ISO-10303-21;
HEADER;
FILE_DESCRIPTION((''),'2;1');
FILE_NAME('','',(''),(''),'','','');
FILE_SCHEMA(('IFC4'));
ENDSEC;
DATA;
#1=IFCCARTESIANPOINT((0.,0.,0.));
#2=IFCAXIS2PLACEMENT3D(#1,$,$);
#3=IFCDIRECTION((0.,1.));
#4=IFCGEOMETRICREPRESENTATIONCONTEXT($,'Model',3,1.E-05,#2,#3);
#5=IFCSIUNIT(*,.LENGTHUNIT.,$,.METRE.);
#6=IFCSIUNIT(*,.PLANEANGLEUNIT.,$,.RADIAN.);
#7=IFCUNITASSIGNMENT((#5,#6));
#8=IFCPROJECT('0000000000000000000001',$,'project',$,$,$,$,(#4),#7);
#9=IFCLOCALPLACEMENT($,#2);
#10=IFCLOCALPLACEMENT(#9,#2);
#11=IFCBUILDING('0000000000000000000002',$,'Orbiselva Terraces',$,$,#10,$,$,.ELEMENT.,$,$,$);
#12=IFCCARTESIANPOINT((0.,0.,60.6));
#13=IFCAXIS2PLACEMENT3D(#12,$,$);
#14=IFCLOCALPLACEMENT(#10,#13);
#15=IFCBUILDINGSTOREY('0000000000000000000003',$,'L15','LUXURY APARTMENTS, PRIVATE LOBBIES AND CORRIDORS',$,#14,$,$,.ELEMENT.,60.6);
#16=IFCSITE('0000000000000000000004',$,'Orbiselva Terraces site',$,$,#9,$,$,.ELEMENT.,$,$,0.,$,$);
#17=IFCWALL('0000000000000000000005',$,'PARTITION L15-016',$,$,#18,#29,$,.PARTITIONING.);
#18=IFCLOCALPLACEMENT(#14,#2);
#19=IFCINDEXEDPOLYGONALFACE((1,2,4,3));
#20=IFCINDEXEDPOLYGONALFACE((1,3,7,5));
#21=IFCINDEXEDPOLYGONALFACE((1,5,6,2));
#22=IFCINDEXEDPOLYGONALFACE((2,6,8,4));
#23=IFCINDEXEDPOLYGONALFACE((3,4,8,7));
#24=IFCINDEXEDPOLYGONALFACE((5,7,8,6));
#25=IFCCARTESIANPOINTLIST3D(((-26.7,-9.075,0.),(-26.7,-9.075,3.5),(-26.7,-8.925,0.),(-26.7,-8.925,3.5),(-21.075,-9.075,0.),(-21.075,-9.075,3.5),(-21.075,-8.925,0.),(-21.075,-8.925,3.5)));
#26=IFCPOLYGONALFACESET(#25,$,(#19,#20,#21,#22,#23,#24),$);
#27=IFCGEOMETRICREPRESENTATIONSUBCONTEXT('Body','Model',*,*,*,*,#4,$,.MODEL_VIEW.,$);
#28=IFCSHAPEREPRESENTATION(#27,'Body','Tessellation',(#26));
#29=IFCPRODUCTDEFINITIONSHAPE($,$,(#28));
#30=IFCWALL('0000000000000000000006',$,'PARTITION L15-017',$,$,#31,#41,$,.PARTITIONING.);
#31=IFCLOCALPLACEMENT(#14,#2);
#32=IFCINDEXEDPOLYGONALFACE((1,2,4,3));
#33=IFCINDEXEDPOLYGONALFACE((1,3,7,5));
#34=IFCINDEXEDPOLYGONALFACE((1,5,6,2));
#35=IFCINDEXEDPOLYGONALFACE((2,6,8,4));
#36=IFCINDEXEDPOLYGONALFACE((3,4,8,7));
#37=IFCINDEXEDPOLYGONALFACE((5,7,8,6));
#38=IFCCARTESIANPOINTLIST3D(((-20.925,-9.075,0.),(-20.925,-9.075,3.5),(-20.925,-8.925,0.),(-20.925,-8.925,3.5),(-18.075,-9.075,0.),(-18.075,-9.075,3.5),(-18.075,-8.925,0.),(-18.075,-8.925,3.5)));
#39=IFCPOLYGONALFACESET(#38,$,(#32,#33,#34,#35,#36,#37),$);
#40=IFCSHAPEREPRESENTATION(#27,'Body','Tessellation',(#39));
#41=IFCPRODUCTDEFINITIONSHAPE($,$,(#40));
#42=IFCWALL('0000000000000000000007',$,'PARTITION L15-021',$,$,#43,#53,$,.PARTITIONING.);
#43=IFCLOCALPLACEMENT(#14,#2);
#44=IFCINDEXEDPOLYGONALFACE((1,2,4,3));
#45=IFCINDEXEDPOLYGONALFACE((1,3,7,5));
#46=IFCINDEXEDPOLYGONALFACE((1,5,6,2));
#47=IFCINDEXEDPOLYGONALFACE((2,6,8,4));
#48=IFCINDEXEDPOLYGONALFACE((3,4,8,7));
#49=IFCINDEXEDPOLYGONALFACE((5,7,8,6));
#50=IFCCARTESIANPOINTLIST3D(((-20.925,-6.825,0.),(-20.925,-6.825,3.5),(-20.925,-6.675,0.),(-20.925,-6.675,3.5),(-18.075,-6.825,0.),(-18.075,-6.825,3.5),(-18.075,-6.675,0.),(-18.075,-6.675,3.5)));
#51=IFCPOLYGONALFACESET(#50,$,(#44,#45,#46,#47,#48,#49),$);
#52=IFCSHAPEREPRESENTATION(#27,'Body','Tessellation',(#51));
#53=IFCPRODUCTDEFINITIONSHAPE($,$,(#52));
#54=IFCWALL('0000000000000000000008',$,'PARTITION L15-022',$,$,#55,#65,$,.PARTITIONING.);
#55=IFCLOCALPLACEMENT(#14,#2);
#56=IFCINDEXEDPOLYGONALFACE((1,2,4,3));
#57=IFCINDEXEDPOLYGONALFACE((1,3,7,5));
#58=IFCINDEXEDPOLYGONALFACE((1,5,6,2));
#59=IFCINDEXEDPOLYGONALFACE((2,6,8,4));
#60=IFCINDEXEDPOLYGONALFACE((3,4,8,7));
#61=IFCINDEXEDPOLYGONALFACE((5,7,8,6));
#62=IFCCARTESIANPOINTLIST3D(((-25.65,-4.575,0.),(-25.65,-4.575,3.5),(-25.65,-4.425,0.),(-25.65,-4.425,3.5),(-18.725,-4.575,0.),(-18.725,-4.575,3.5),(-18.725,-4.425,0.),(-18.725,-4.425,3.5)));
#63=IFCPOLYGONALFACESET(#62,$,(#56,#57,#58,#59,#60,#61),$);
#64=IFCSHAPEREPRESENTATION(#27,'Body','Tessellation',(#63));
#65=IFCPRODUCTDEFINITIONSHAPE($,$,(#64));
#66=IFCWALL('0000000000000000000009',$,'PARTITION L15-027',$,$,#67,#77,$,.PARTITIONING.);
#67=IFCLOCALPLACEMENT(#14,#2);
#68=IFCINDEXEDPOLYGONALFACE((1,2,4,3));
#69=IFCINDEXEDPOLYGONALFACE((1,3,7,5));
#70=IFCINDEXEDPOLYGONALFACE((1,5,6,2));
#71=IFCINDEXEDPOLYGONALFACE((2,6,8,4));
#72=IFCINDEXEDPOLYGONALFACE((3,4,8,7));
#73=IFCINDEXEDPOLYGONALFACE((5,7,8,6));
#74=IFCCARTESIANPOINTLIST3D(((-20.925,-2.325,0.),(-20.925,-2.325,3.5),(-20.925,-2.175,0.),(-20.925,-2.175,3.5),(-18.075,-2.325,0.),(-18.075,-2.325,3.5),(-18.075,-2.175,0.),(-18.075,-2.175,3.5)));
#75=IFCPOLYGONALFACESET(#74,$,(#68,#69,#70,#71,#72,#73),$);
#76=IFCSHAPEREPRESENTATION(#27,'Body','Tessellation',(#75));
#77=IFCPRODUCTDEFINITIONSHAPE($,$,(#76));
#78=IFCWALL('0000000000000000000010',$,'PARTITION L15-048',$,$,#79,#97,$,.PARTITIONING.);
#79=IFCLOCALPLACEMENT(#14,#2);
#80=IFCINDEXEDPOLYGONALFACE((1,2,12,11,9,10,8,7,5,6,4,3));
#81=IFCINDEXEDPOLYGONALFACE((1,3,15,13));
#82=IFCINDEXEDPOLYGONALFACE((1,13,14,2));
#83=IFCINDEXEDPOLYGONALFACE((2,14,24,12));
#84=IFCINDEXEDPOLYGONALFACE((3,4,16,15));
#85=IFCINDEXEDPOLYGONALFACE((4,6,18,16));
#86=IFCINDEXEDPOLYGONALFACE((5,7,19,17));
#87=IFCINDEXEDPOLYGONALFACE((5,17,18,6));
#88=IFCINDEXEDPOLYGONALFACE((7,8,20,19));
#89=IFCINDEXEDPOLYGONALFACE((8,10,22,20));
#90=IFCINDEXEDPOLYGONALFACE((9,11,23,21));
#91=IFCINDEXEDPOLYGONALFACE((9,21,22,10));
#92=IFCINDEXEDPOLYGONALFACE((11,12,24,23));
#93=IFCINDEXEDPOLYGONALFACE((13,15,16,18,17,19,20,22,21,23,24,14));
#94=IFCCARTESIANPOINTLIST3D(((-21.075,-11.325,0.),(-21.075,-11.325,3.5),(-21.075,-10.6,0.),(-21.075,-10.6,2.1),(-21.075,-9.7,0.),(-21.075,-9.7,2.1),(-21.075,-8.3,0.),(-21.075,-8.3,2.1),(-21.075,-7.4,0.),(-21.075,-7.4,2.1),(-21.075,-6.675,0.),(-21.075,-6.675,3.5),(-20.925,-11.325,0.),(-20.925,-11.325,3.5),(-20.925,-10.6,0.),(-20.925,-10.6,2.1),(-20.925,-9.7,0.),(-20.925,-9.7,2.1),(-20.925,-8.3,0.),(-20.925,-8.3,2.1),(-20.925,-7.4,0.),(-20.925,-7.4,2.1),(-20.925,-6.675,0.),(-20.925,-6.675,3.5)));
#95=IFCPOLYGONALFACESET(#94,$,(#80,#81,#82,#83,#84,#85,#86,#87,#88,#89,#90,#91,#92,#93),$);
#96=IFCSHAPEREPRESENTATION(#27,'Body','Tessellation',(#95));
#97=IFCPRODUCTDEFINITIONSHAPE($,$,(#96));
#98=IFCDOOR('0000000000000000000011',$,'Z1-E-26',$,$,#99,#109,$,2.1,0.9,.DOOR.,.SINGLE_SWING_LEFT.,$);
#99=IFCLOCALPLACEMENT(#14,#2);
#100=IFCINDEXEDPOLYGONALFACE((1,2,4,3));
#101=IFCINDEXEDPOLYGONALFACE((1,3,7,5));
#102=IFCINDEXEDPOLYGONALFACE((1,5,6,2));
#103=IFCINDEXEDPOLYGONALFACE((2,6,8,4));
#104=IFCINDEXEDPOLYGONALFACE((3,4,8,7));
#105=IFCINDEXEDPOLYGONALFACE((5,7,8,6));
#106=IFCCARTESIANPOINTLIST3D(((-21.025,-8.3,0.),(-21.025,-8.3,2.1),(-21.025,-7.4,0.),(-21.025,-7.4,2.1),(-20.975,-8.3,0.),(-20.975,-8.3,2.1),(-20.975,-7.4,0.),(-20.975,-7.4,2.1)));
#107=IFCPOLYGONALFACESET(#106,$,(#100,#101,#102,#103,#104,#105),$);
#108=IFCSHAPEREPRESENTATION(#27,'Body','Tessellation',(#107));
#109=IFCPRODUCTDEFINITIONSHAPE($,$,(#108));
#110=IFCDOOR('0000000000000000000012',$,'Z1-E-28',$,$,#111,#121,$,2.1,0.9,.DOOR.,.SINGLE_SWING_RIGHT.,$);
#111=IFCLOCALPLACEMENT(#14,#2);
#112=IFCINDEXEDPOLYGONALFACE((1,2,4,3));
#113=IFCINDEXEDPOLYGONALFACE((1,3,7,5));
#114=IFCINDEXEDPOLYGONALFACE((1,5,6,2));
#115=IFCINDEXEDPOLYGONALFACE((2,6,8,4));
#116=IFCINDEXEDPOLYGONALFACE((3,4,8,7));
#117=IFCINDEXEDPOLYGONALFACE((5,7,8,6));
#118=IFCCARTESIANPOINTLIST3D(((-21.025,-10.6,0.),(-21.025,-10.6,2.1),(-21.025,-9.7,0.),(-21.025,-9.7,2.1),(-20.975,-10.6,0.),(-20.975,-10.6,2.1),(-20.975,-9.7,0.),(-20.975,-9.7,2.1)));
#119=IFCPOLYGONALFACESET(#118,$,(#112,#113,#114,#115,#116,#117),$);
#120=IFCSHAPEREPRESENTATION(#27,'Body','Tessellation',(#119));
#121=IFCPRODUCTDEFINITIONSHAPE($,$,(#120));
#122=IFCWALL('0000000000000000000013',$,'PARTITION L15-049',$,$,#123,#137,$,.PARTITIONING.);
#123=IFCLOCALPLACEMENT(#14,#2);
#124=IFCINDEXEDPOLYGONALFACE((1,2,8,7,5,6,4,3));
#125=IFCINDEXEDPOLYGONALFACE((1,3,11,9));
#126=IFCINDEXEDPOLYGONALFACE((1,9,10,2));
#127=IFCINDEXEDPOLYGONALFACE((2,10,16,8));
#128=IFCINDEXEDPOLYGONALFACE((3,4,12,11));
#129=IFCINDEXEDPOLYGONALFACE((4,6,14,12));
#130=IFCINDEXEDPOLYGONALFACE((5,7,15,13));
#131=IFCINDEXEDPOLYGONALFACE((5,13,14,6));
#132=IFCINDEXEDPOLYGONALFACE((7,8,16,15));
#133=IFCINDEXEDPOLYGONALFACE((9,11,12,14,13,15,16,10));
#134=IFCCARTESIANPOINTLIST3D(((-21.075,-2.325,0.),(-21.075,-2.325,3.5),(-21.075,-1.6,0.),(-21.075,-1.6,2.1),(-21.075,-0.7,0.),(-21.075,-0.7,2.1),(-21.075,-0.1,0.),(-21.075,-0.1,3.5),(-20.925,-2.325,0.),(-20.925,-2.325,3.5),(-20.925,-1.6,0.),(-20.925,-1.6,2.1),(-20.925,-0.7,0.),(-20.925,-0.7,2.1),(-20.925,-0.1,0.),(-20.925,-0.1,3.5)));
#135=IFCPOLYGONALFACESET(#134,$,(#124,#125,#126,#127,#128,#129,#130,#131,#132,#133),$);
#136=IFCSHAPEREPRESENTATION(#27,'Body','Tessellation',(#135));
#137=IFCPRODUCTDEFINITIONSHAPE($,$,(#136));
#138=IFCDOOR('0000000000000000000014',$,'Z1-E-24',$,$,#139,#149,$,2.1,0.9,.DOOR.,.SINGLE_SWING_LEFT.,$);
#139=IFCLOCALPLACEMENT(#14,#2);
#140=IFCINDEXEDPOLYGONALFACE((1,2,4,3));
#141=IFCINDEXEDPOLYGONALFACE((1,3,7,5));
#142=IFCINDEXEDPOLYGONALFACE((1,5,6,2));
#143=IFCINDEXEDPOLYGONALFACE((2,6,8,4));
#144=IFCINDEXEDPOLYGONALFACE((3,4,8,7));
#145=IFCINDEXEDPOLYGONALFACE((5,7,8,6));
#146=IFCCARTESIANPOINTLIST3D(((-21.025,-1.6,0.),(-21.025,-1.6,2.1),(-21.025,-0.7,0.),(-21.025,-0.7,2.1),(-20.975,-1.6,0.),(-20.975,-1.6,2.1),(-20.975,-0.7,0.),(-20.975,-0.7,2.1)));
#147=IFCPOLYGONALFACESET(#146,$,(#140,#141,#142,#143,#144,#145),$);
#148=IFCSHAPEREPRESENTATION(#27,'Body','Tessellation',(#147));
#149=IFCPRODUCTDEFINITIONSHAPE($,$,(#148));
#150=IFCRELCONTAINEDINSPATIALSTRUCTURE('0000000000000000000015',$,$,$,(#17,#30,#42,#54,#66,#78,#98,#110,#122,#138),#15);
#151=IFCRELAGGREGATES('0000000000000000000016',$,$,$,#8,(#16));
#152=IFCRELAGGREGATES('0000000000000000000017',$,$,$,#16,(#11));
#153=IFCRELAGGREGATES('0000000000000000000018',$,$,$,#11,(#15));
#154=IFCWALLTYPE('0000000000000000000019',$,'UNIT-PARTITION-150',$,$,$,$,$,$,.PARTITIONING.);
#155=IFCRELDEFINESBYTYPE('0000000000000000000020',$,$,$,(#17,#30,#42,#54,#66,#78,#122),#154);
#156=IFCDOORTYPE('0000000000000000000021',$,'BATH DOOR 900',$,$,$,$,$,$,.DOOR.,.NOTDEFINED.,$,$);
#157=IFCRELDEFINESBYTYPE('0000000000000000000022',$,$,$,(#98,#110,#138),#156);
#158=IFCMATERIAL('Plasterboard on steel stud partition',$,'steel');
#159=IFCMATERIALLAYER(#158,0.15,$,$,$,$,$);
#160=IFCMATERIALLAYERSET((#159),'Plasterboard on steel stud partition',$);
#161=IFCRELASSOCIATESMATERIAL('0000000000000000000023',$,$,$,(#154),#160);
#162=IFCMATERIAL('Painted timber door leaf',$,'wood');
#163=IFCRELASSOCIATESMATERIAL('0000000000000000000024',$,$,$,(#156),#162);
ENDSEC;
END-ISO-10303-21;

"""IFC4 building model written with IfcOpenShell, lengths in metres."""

from ifc_helpers import new_model, si_unit, direction, frame, frame_2d, origin, place, context, subcontext, project, spatial, rectangle, extrude, material, layer, layer_set, type_object, element, fill, save


model = new_model("IFC4")

# Units and contexts
model_context = context("Model", 3, precision=1e-05, world=origin(), true_north=direction((0.0, 1.0)))
body_context = subcontext(model_context, "Body", "Model", "MODEL_VIEW")
ifc_project = project(units=[si_unit("LENGTHUNIT", "METRE"), si_unit("PLANEANGLEUNIT", "RADIAN")], contexts=[model_context])

# Site, building, storey
site_placement = place(None, origin())
site = spatial("IfcSite", under=ifc_project, at=site_placement, Name="Orbiselva Terraces site", CompositionType="ELEMENT", RefElevation=0.0)
building_placement = place(site_placement, origin())
building = spatial("IfcBuilding", under=site, at=building_placement, Name="Orbiselva Terraces", CompositionType="ELEMENT")
storey_placement = place(building_placement, frame((0.0, 0.0, 60.6)))
storey = spatial("IfcBuildingStorey", under=building, at=storey_placement, Name="L15", Description="LUXURY APARTMENTS, PRIVATE LOBBIES AND CORRIDORS", CompositionType="ELEMENT", Elevation=60.6)

# Walls
ifc_material_1 = material(Name="Plasterboard on steel stud partition", Category="steel")
ifc_layer_1 = layer(ifc_material_1, 0.15)
ifc_layer_set_1 = layer_set([ifc_layer_1], Name="Plasterboard on steel stud partition")
wall_type_1 = type_object("IfcWallType", Name="UNIT-PARTITION-150", PredefinedType="PARTITIONING", material=ifc_layer_set_1)
wall_1_placement = place(storey_placement, frame((-26.7, -9.0, 0.0), z_axis=(0.0, 0.0, 1.0), x_axis=(1.0, 0.0, 0.0)))
element("IfcWall", 1, at=wall_1_placement, inside=storey, type_object=wall_type_1, Name="PARTITION L15-016", PredefinedType="PARTITIONING", context=body_context, shape_type="SweptSolid", body=[
    extrude(rectangle(XDim=5.625, YDim=0.15, at=frame_2d((2.8125, 0.0))), origin(), (0.0, 0.0, 1.0), 3.5),
])
for number, where, z_axis, x_axis, name in (
    (2, (-20.925, -9.0, 0.0), (0.0, 0.0, 1.0), (1.0, 0.0, 0.0), "PARTITION L15-017"),
    (3, (-20.925, -6.75, 0.0), (0.0, 0.0, 1.0), (1.0, 0.0, 0.0), "PARTITION L15-021"),
):
    element("IfcWall", number, at=place(storey_placement, frame(where, z_axis=z_axis, x_axis=x_axis)), inside=storey, type_object=wall_type_1, Name=name, PredefinedType="PARTITIONING", context=body_context, shape_type="SweptSolid", body=[
        extrude(rectangle(XDim=2.85, YDim=0.15, at=frame_2d((1.425, 0.0))), origin(), (0.0, 0.0, 1.0), 3.5),
    ])
wall_2_placement = place(storey_placement, frame((-25.65, -4.5, 0.0), z_axis=(0.0, 0.0, 1.0), x_axis=(1.0, 0.0, 0.0)))
element("IfcWall", 4, at=wall_2_placement, inside=storey, type_object=wall_type_1, Name="PARTITION L15-022", PredefinedType="PARTITIONING", context=body_context, shape_type="SweptSolid", body=[
    extrude(rectangle(XDim=6.925, YDim=0.15, at=frame_2d((3.4625, 0.0))), origin(), (0.0, 0.0, 1.0), 3.5),
])
wall_3_placement = place(storey_placement, frame((-20.925, -2.25, 0.0), z_axis=(0.0, 0.0, 1.0), x_axis=(1.0, 0.0, 0.0)))
element("IfcWall", 5, at=wall_3_placement, inside=storey, type_object=wall_type_1, Name="PARTITION L15-027", PredefinedType="PARTITIONING", context=body_context, shape_type="SweptSolid", body=[
    extrude(rectangle(XDim=2.85, YDim=0.15, at=frame_2d((1.425, 0.0))), origin(), (0.0, 0.0, 1.0), 3.5),
])

# Wall, openings, doors
wall_4_placement = place(storey_placement, frame((-21.0, -6.675, 0.0), z_axis=(0.0, 0.0, 1.0), x_axis=(0.0, -1.0, 0.0)))
wall_4 = element("IfcWall", 6, at=wall_4_placement, inside=storey, type_object=wall_type_1, Name="PARTITION L15-048", PredefinedType="PARTITIONING", context=body_context, shape_type="SweptSolid", body=[
    extrude(rectangle(XDim=4.65, YDim=0.15, at=frame_2d((2.325, 0.0))), origin(), (0.0, 0.0, 1.0), 3.5),
])
opening_1_placement = place(wall_4_placement, frame((0.725, 0.0, 0.0)))
opening_1 = element("IfcOpeningElement", 7, at=opening_1_placement, cuts=wall_4, PredefinedType="OPENING", context=body_context, shape_type="SweptSolid", body=[
    extrude(rectangle(XDim=0.9, YDim=2.1, at=frame_2d((0.45, 1.05))), frame((0.0, 0.085, 0.0), z_axis=(0.0, -1.0, 0.0), x_axis=(1.0, 0.0, 0.0)), (0.0, 0.0, 1.0), 0.17),
])
opening_2_placement = place(wall_4_placement, frame((3.025, 0.0, 0.0)))
opening_2 = element("IfcOpeningElement", 8, at=opening_2_placement, cuts=wall_4, PredefinedType="OPENING", context=body_context, shape_type="SweptSolid", body=[
    extrude(rectangle(XDim=0.9, YDim=2.1, at=frame_2d((0.45, 1.05))), frame((0.0, 0.085, 0.0), z_axis=(0.0, -1.0, 0.0), x_axis=(1.0, 0.0, 0.0)), (0.0, 0.0, 1.0), 0.17),
])
ifc_material_2 = material(Name="Painted timber door leaf", Category="wood")
door_type_1 = type_object("IfcDoorType", Name="BATH DOOR 900", OperationType="NOTDEFINED", PredefinedType="DOOR", material=ifc_material_2)
door_1_placement = place(opening_1_placement, origin())
door_1 = element("IfcDoor", 9, at=door_1_placement, inside=storey, type_object=door_type_1, Name="Z1-E-26", OperationType="SINGLE_SWING_LEFT", OverallHeight=2.1, OverallWidth=0.9, PredefinedType="DOOR", context=body_context, shape_type="SweptSolid", body=[
    extrude(rectangle(XDim=0.9, YDim=2.1, at=frame_2d((0.45, 1.05))), frame((0.0, 0.025, 0.0), z_axis=(0.0, -1.0, 0.0), x_axis=(1.0, 0.0, 0.0)), (0.0, 0.0, 1.0), 0.05),
])
fill(opening_1, door_1)
door_2_placement = place(opening_2_placement, origin())
door_2 = element("IfcDoor", 10, at=door_2_placement, inside=storey, type_object=door_type_1, Name="Z1-E-28", OperationType="SINGLE_SWING_RIGHT", OverallHeight=2.1, OverallWidth=0.9, PredefinedType="DOOR", context=body_context, shape_type="SweptSolid", body=[
    extrude(rectangle(XDim=0.9, YDim=2.1, at=frame_2d((0.45, 1.05))), frame((0.0, 0.025, 0.0), z_axis=(0.0, -1.0, 0.0), x_axis=(1.0, 0.0, 0.0)), (0.0, 0.0, 1.0), 0.05),
])
fill(opening_2, door_2)

# Wall, opening, door
wall_5_placement = place(storey_placement, frame((-21.0, -0.1, 0.0), z_axis=(0.0, 0.0, 1.0), x_axis=(0.0, -1.0, 0.0)))
wall_5 = element("IfcWall", 11, at=wall_5_placement, inside=storey, type_object=wall_type_1, Name="PARTITION L15-049", PredefinedType="PARTITIONING", context=body_context, shape_type="SweptSolid", body=[
    extrude(rectangle(XDim=2.225, YDim=0.15, at=frame_2d((1.1125, 0.0))), origin(), (0.0, 0.0, 1.0), 3.5),
])
opening_3_placement = place(wall_5_placement, frame((0.6, 0.0, 0.0)))
opening_3 = element("IfcOpeningElement", 12, at=opening_3_placement, cuts=wall_5, PredefinedType="OPENING", context=body_context, shape_type="SweptSolid", body=[
    extrude(rectangle(XDim=0.9, YDim=2.1, at=frame_2d((0.45, 1.05))), frame((0.0, 0.085, 0.0), z_axis=(0.0, -1.0, 0.0), x_axis=(1.0, 0.0, 0.0)), (0.0, 0.0, 1.0), 0.17),
])
door_3_placement = place(opening_3_placement, origin())
door_3 = element("IfcDoor", 13, at=door_3_placement, inside=storey, type_object=door_type_1, Name="Z1-E-24", OperationType="SINGLE_SWING_LEFT", OverallHeight=2.1, OverallWidth=0.9, PredefinedType="DOOR", context=body_context, shape_type="SweptSolid", body=[
    extrude(rectangle(XDim=0.9, YDim=2.1, at=frame_2d((0.45, 1.05))), frame((0.0, 0.025, 0.0), z_axis=(0.0, -1.0, 0.0), x_axis=(1.0, 0.0, 0.0)), (0.0, 0.0, 1.0), 0.05),
])
fill(opening_3, door_3)

save(model, "model.ifc")
